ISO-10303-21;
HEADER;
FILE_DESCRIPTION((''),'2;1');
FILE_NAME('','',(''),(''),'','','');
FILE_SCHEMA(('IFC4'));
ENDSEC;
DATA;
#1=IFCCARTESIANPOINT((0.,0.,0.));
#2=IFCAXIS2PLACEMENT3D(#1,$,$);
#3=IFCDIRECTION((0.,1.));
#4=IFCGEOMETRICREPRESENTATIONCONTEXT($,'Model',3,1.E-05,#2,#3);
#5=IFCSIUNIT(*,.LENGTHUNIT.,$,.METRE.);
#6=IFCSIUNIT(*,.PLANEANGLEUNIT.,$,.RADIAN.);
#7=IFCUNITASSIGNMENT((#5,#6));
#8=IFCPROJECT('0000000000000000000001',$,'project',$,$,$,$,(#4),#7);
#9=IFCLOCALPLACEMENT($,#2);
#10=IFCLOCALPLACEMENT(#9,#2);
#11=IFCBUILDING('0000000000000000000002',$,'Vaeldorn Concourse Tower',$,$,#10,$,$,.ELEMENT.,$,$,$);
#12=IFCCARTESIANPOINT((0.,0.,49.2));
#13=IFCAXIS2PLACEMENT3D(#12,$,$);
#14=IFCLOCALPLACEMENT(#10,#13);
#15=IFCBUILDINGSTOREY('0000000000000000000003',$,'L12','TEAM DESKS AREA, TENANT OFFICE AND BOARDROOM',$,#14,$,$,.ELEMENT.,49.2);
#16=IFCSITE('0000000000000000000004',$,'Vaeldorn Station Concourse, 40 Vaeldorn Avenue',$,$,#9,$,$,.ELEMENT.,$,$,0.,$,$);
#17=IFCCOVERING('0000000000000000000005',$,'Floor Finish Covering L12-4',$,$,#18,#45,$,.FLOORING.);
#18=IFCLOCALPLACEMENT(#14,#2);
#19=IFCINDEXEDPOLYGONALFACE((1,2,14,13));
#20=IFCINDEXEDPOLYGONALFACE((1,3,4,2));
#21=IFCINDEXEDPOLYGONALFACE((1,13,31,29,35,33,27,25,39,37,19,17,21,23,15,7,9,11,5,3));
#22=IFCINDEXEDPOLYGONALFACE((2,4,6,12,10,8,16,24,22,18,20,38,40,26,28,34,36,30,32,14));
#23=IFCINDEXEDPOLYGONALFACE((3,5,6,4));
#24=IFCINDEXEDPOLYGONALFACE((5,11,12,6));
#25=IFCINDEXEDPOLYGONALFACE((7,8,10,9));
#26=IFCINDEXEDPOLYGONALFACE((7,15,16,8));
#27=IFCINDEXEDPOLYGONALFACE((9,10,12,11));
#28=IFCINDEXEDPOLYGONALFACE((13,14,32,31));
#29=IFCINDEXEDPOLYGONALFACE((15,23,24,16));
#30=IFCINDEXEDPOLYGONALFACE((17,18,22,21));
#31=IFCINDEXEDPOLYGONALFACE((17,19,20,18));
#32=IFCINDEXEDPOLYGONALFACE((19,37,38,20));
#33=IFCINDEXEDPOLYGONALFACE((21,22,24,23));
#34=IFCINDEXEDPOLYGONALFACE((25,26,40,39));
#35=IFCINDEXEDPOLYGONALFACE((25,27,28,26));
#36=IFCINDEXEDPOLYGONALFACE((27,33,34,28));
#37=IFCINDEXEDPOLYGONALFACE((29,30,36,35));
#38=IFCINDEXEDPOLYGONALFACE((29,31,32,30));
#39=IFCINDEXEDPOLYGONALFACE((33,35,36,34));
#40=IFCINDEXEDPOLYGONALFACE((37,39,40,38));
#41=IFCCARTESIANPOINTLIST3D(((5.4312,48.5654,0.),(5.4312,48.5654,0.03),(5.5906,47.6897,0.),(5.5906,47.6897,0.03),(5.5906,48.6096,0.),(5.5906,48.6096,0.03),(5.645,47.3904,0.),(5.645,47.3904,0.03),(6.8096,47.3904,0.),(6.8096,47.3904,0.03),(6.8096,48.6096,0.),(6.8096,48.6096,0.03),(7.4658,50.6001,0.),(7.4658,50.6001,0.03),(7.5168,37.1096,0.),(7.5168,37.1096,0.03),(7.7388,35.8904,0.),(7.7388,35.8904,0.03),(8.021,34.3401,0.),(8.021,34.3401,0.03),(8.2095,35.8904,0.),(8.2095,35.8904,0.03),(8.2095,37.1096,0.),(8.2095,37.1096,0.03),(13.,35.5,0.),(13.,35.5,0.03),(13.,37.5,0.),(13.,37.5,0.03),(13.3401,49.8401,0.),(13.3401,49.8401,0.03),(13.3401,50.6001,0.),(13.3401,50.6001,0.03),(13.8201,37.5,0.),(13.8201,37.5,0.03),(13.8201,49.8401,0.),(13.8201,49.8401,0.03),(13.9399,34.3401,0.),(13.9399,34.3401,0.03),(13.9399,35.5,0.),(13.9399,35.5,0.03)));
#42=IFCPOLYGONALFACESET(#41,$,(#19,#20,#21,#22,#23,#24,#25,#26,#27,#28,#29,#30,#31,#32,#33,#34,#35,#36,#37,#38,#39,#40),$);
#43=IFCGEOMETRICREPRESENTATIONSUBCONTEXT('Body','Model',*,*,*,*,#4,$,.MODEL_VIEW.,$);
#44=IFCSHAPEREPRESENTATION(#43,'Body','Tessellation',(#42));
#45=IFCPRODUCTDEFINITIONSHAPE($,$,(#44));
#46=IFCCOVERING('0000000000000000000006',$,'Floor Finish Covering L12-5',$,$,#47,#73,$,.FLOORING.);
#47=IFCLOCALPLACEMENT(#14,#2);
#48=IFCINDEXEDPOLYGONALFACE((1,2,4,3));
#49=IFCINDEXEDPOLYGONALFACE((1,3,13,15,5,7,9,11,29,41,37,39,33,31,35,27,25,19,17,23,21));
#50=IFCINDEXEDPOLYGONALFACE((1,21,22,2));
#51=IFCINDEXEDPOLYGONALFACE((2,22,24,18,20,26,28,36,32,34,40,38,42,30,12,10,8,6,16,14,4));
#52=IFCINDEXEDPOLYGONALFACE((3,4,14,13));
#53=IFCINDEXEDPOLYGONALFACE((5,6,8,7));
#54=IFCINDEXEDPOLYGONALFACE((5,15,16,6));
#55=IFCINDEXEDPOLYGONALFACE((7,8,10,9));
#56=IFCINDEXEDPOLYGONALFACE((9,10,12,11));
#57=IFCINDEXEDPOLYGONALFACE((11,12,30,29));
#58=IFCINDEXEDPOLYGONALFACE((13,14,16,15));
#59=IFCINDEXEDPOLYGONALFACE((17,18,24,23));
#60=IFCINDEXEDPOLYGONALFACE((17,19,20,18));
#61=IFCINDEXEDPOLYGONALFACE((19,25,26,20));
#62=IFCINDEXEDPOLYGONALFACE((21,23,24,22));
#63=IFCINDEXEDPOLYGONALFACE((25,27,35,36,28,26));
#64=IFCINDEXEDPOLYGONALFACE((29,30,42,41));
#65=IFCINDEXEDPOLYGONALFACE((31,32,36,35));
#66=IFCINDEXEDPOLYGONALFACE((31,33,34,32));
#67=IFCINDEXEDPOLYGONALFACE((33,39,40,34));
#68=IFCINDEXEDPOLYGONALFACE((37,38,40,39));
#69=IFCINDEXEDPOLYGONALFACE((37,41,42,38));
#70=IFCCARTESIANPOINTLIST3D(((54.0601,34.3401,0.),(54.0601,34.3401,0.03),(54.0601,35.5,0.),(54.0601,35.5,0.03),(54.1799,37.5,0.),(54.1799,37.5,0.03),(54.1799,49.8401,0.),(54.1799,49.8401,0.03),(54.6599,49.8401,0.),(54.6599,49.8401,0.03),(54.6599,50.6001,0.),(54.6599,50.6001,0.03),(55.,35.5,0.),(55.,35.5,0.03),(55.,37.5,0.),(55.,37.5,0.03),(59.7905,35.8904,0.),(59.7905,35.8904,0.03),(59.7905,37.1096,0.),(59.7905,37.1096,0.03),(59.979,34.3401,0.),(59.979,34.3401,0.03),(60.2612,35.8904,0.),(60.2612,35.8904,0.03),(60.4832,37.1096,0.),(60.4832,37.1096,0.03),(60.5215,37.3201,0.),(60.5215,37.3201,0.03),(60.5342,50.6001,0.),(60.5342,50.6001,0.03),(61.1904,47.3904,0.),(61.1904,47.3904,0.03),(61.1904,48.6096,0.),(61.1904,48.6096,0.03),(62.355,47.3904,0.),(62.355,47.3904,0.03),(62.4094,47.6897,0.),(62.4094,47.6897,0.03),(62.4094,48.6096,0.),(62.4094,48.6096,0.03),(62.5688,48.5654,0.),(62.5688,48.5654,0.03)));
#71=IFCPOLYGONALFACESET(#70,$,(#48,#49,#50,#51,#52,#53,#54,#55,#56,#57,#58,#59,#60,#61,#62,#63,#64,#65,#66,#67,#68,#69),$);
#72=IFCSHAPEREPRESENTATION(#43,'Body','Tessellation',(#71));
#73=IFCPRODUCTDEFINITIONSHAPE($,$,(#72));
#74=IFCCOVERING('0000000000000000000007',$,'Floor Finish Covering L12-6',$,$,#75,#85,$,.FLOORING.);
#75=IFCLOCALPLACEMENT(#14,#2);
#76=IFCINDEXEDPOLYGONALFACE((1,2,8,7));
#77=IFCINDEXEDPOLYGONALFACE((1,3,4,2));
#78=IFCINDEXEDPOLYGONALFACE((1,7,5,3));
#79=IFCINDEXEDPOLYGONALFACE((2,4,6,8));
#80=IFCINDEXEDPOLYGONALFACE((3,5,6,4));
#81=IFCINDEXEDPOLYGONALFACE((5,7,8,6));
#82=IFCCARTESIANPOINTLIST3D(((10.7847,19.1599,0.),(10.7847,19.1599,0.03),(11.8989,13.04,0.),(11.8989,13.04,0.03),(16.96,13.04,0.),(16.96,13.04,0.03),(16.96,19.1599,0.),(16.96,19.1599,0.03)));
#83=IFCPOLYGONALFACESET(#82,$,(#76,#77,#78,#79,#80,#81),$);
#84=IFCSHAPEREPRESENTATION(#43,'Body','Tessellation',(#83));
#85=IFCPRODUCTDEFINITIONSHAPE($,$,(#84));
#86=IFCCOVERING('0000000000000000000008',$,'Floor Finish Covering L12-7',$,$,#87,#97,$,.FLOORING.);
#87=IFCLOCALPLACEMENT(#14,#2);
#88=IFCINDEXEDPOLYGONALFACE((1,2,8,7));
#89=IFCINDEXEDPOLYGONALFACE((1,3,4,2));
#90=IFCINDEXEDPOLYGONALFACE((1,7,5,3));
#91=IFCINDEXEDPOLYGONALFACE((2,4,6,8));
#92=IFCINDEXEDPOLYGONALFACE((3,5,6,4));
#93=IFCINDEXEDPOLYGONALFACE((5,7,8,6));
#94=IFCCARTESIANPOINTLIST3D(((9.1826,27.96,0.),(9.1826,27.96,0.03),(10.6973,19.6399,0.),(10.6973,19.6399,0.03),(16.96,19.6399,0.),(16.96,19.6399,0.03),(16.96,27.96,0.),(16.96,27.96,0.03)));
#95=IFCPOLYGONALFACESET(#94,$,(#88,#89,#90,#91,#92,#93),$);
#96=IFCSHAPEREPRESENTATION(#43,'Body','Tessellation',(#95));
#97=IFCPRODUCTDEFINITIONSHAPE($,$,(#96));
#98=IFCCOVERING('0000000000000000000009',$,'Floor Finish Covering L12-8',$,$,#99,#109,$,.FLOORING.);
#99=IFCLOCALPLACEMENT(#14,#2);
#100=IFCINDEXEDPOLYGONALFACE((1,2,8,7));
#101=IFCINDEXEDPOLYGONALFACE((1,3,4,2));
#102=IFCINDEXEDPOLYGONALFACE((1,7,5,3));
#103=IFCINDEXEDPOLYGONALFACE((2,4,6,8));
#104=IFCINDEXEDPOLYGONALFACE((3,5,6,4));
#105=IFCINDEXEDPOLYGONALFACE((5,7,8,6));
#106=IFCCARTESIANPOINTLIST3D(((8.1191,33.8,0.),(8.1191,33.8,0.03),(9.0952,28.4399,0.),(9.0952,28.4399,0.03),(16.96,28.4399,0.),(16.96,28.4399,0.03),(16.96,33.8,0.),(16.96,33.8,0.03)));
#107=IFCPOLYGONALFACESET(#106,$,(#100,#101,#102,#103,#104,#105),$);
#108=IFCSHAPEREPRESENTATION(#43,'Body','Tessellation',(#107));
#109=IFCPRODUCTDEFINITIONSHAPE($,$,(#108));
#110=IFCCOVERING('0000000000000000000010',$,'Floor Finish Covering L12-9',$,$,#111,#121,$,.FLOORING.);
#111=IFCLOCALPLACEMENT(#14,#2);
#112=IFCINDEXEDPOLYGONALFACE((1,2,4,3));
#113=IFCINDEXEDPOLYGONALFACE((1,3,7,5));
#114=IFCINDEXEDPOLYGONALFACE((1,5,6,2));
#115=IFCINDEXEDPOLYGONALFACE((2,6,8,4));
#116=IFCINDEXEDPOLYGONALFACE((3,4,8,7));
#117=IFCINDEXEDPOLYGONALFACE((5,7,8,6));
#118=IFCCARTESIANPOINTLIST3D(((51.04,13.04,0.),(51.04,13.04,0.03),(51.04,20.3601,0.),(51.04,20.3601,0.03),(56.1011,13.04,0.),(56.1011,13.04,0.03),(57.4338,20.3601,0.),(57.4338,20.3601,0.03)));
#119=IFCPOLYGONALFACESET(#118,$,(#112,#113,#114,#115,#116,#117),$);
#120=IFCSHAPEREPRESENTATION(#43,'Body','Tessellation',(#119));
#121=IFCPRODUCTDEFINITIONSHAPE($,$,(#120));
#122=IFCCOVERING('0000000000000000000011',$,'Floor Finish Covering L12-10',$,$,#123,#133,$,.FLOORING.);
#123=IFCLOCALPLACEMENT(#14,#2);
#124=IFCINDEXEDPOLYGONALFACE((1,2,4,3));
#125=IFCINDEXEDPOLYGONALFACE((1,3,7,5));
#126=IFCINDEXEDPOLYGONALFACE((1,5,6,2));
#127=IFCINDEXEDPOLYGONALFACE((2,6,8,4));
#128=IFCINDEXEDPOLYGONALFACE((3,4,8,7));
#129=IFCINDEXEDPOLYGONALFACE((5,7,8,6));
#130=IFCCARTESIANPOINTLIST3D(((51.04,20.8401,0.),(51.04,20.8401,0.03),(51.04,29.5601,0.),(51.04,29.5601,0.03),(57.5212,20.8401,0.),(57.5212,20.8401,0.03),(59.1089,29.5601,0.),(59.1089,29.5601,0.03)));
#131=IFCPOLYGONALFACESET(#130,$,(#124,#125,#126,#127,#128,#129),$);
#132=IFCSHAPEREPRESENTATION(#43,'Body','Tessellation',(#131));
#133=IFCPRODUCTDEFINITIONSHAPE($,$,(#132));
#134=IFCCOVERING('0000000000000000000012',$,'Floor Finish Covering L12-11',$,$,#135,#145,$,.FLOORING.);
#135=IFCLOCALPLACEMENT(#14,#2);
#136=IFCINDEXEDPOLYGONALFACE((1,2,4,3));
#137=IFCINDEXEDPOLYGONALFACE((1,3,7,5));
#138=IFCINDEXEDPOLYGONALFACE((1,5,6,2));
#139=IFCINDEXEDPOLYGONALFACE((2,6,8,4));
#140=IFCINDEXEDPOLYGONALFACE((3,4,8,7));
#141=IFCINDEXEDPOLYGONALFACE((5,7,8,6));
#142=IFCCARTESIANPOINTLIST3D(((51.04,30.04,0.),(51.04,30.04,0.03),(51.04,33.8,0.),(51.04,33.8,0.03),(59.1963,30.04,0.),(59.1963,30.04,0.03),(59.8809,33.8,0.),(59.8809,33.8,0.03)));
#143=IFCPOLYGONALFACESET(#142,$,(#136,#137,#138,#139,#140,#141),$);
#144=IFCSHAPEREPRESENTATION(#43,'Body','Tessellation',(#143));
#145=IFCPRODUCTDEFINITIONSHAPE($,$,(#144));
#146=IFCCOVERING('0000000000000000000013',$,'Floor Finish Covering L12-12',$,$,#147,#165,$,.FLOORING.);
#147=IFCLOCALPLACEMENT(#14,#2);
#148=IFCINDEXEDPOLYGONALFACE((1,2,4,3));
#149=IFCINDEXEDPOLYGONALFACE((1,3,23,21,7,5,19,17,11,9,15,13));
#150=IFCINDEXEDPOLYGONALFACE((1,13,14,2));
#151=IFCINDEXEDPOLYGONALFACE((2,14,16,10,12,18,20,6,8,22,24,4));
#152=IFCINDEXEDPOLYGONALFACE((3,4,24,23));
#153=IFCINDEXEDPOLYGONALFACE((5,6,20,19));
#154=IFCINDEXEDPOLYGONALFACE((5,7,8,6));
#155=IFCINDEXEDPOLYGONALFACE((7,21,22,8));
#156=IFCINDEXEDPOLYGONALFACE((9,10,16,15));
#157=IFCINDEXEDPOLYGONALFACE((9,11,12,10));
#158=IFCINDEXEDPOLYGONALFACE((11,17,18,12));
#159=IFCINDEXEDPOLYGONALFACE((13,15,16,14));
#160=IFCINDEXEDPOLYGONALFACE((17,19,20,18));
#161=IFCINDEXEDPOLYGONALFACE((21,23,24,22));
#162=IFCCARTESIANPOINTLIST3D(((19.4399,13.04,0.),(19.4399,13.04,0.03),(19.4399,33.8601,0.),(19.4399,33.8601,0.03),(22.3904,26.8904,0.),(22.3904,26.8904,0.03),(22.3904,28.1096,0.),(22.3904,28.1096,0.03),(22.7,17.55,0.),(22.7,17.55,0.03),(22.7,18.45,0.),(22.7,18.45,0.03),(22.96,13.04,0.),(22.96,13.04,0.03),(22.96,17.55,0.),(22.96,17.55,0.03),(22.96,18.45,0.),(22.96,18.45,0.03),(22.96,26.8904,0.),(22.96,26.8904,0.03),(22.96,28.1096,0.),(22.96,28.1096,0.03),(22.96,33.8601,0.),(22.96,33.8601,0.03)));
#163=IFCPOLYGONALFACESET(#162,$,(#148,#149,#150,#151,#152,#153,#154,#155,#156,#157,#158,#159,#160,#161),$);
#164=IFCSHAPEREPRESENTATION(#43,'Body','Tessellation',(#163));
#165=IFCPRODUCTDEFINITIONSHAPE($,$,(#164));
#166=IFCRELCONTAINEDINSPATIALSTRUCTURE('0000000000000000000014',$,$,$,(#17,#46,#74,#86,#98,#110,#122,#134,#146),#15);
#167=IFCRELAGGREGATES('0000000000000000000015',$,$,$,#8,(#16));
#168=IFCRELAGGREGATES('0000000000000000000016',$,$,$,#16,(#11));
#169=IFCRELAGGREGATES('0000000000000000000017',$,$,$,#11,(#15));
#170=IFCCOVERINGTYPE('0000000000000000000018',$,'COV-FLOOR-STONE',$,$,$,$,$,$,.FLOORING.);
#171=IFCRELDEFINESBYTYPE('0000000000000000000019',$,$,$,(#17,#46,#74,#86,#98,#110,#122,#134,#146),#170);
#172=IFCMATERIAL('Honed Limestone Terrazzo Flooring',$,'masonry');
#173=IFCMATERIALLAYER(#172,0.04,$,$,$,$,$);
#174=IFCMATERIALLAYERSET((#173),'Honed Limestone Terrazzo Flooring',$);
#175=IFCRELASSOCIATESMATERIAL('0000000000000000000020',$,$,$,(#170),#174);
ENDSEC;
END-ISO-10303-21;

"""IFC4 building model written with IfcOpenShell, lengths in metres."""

from ifc_helpers import new_model, si_unit, direction, frame, origin, place, context, subcontext, project, spatial, polyline, outline, extrude, material, layer, layer_set, type_object, element, save


model = new_model("IFC4")

# Units and contexts
model_context = context("Model", 3, precision=1e-05, world=origin(), true_north=direction((0.0, 1.0)))
body_context = subcontext(model_context, "Body", "Model", "MODEL_VIEW")
ifc_project = project(units=[si_unit("LENGTHUNIT", "METRE"), si_unit("PLANEANGLEUNIT", "RADIAN")], contexts=[model_context])

# Site, building, storey
site_placement = place(None, origin())
site = spatial("IfcSite", under=ifc_project, at=site_placement, Name="Vaeldorn Station Concourse, 40 Vaeldorn Avenue", CompositionType="ELEMENT", RefElevation=0.0)
building_placement = place(site_placement, origin())
building = spatial("IfcBuilding", under=site, at=building_placement, Name="Vaeldorn Concourse Tower", CompositionType="ELEMENT")
storey_placement = place(building_placement, frame((0.0, 0.0, 49.2)))
storey = spatial("IfcBuildingStorey", under=building, at=storey_placement, Name="L12", Description="TEAM DESKS AREA, TENANT OFFICE AND BOARDROOM", CompositionType="ELEMENT", Elevation=49.2)

# Coverings
ifc_material_1 = material(Name="Honed Limestone Terrazzo Flooring", Category="masonry")
ifc_layer_1 = layer(ifc_material_1, 0.04)
ifc_layer_set_1 = layer_set([ifc_layer_1], Name="Honed Limestone Terrazzo Flooring")
covering_type_1 = type_object("IfcCoveringType", Name="COV-FLOOR-STONE", PredefinedType="FLOORING", material=ifc_layer_set_1)
covering_1_placement = place(storey_placement, origin())
element("IfcCovering", 1, at=covering_1_placement, inside=storey, type_object=covering_type_1, Name="Floor Finish Covering L12-4", PredefinedType="FLOORING", context=body_context, shape_type="SweptSolid", body=[
    extrude(outline(polyline([(7.4658, 50.6001), (13.3401, 50.6001), (13.3401, 49.8401), (13.8201, 49.8401), (13.8201, 37.5), (13.0, 37.5), (13.0, 35.5), (13.9399, 35.5), (13.9399, 34.3401), (8.021, 34.3401), (7.7388, 35.8904), (8.2095, 35.8904), (8.2095, 37.1096), (7.5168, 37.1096), (5.645, 47.3904), (6.8096, 47.3904), (6.8096, 48.6096), (5.5906, 48.6096), (5.5906, 47.6897), (5.4312, 48.5654), (7.4658, 50.6001)])), origin(), (0.0, 0.0, 1.0), 0.03),
])
covering_2_placement = place(storey_placement, origin())
element("IfcCovering", 2, at=covering_2_placement, inside=storey, type_object=covering_type_1, Name="Floor Finish Covering L12-5", PredefinedType="FLOORING", context=body_context, shape_type="SweptSolid", body=[
    extrude(outline(polyline([(54.1799, 49.8401), (54.6599, 49.8401), (54.6599, 50.6001), (60.5342, 50.6001), (62.5688, 48.5654), (62.4094, 47.6897), (62.4094, 48.6096), (61.1904, 48.6096), (61.1904, 47.3904), (62.355, 47.3904), (60.5215, 37.3201), (60.5215, 37.3201), (60.4832, 37.1096), (59.7905, 37.1096), (59.7905, 35.8904), (60.2612, 35.8904), (59.979, 34.3401), (54.0601, 34.3401), (54.0601, 35.5), (55.0, 35.5), (55.0, 37.5), (54.1799, 37.5), (54.1799, 49.8401)])), origin(), (0.0, 0.0, 1.0), 0.03),
])
covering_3_placement = place(storey_placement, origin())
element("IfcCovering", 3, at=covering_3_placement, inside=storey, type_object=covering_type_1, Name="Floor Finish Covering L12-6", PredefinedType="FLOORING", context=body_context, shape_type="SweptSolid", body=[
    extrude(outline(polyline([(16.96, 19.1599), (16.96, 13.04), (11.8989, 13.04), (10.7847, 19.1599), (16.96, 19.1599)])), origin(), (0.0, 0.0, 1.0), 0.03),
])
covering_4_placement = place(storey_placement, origin())
element("IfcCovering", 4, at=covering_4_placement, inside=storey, type_object=covering_type_1, Name="Floor Finish Covering L12-7", PredefinedType="FLOORING", context=body_context, shape_type="SweptSolid", body=[
    extrude(outline(polyline([(16.96, 27.96), (16.96, 19.6399), (10.6973, 19.6399), (9.1826, 27.96), (16.96, 27.96)])), origin(), (0.0, 0.0, 1.0), 0.03),
])
covering_5_placement = place(storey_placement, origin())
element("IfcCovering", 5, at=covering_5_placement, inside=storey, type_object=covering_type_1, Name="Floor Finish Covering L12-8", PredefinedType="FLOORING", context=body_context, shape_type="SweptSolid", body=[
    extrude(outline(polyline([(16.96, 33.8), (16.96, 28.4399), (9.0952, 28.4399), (8.1191, 33.8), (16.96, 33.8)])), origin(), (0.0, 0.0, 1.0), 0.03),
])
covering_6_placement = place(storey_placement, origin())
element("IfcCovering", 6, at=covering_6_placement, inside=storey, type_object=covering_type_1, Name="Floor Finish Covering L12-9", PredefinedType="FLOORING", context=body_context, shape_type="SweptSolid", body=[
    extrude(outline(polyline([(51.04, 13.04), (51.04, 20.3601), (57.4338, 20.3601), (56.1011, 13.04), (51.04, 13.04)])), origin(), (0.0, 0.0, 1.0), 0.03),
])
covering_7_placement = place(storey_placement, origin())
element("IfcCovering", 7, at=covering_7_placement, inside=storey, type_object=covering_type_1, Name="Floor Finish Covering L12-10", PredefinedType="FLOORING", context=body_context, shape_type="SweptSolid", body=[
    extrude(outline(polyline([(51.04, 20.8401), (51.04, 29.5601), (59.1089, 29.5601), (57.5212, 20.8401), (51.04, 20.8401)])), origin(), (0.0, 0.0, 1.0), 0.03),
])
covering_8_placement = place(storey_placement, origin())
element("IfcCovering", 8, at=covering_8_placement, inside=storey, type_object=covering_type_1, Name="Floor Finish Covering L12-11", PredefinedType="FLOORING", context=body_context, shape_type="SweptSolid", body=[
    extrude(outline(polyline([(51.04, 30.04), (51.04, 33.8), (59.8809, 33.8), (59.1963, 30.04), (51.04, 30.04)])), origin(), (0.0, 0.0, 1.0), 0.03),
])
covering_9_placement = place(storey_placement, origin())
element("IfcCovering", 9, at=covering_9_placement, inside=storey, type_object=covering_type_1, Name="Floor Finish Covering L12-12", PredefinedType="FLOORING", context=body_context, shape_type="SweptSolid", body=[
    extrude(outline(polyline([(19.4399, 33.8601), (22.96, 33.8601), (22.96, 28.1096), (22.3904, 28.1096), (22.3904, 26.8904), (22.96, 26.8904), (22.96, 18.45), (22.7, 18.45), (22.7, 17.55), (22.96, 17.55), (22.96, 13.04), (19.4399, 13.04), (19.4399, 33.8601)])), origin(), (0.0, 0.0, 1.0), 0.03),
])

save(model, "model.ifc")
